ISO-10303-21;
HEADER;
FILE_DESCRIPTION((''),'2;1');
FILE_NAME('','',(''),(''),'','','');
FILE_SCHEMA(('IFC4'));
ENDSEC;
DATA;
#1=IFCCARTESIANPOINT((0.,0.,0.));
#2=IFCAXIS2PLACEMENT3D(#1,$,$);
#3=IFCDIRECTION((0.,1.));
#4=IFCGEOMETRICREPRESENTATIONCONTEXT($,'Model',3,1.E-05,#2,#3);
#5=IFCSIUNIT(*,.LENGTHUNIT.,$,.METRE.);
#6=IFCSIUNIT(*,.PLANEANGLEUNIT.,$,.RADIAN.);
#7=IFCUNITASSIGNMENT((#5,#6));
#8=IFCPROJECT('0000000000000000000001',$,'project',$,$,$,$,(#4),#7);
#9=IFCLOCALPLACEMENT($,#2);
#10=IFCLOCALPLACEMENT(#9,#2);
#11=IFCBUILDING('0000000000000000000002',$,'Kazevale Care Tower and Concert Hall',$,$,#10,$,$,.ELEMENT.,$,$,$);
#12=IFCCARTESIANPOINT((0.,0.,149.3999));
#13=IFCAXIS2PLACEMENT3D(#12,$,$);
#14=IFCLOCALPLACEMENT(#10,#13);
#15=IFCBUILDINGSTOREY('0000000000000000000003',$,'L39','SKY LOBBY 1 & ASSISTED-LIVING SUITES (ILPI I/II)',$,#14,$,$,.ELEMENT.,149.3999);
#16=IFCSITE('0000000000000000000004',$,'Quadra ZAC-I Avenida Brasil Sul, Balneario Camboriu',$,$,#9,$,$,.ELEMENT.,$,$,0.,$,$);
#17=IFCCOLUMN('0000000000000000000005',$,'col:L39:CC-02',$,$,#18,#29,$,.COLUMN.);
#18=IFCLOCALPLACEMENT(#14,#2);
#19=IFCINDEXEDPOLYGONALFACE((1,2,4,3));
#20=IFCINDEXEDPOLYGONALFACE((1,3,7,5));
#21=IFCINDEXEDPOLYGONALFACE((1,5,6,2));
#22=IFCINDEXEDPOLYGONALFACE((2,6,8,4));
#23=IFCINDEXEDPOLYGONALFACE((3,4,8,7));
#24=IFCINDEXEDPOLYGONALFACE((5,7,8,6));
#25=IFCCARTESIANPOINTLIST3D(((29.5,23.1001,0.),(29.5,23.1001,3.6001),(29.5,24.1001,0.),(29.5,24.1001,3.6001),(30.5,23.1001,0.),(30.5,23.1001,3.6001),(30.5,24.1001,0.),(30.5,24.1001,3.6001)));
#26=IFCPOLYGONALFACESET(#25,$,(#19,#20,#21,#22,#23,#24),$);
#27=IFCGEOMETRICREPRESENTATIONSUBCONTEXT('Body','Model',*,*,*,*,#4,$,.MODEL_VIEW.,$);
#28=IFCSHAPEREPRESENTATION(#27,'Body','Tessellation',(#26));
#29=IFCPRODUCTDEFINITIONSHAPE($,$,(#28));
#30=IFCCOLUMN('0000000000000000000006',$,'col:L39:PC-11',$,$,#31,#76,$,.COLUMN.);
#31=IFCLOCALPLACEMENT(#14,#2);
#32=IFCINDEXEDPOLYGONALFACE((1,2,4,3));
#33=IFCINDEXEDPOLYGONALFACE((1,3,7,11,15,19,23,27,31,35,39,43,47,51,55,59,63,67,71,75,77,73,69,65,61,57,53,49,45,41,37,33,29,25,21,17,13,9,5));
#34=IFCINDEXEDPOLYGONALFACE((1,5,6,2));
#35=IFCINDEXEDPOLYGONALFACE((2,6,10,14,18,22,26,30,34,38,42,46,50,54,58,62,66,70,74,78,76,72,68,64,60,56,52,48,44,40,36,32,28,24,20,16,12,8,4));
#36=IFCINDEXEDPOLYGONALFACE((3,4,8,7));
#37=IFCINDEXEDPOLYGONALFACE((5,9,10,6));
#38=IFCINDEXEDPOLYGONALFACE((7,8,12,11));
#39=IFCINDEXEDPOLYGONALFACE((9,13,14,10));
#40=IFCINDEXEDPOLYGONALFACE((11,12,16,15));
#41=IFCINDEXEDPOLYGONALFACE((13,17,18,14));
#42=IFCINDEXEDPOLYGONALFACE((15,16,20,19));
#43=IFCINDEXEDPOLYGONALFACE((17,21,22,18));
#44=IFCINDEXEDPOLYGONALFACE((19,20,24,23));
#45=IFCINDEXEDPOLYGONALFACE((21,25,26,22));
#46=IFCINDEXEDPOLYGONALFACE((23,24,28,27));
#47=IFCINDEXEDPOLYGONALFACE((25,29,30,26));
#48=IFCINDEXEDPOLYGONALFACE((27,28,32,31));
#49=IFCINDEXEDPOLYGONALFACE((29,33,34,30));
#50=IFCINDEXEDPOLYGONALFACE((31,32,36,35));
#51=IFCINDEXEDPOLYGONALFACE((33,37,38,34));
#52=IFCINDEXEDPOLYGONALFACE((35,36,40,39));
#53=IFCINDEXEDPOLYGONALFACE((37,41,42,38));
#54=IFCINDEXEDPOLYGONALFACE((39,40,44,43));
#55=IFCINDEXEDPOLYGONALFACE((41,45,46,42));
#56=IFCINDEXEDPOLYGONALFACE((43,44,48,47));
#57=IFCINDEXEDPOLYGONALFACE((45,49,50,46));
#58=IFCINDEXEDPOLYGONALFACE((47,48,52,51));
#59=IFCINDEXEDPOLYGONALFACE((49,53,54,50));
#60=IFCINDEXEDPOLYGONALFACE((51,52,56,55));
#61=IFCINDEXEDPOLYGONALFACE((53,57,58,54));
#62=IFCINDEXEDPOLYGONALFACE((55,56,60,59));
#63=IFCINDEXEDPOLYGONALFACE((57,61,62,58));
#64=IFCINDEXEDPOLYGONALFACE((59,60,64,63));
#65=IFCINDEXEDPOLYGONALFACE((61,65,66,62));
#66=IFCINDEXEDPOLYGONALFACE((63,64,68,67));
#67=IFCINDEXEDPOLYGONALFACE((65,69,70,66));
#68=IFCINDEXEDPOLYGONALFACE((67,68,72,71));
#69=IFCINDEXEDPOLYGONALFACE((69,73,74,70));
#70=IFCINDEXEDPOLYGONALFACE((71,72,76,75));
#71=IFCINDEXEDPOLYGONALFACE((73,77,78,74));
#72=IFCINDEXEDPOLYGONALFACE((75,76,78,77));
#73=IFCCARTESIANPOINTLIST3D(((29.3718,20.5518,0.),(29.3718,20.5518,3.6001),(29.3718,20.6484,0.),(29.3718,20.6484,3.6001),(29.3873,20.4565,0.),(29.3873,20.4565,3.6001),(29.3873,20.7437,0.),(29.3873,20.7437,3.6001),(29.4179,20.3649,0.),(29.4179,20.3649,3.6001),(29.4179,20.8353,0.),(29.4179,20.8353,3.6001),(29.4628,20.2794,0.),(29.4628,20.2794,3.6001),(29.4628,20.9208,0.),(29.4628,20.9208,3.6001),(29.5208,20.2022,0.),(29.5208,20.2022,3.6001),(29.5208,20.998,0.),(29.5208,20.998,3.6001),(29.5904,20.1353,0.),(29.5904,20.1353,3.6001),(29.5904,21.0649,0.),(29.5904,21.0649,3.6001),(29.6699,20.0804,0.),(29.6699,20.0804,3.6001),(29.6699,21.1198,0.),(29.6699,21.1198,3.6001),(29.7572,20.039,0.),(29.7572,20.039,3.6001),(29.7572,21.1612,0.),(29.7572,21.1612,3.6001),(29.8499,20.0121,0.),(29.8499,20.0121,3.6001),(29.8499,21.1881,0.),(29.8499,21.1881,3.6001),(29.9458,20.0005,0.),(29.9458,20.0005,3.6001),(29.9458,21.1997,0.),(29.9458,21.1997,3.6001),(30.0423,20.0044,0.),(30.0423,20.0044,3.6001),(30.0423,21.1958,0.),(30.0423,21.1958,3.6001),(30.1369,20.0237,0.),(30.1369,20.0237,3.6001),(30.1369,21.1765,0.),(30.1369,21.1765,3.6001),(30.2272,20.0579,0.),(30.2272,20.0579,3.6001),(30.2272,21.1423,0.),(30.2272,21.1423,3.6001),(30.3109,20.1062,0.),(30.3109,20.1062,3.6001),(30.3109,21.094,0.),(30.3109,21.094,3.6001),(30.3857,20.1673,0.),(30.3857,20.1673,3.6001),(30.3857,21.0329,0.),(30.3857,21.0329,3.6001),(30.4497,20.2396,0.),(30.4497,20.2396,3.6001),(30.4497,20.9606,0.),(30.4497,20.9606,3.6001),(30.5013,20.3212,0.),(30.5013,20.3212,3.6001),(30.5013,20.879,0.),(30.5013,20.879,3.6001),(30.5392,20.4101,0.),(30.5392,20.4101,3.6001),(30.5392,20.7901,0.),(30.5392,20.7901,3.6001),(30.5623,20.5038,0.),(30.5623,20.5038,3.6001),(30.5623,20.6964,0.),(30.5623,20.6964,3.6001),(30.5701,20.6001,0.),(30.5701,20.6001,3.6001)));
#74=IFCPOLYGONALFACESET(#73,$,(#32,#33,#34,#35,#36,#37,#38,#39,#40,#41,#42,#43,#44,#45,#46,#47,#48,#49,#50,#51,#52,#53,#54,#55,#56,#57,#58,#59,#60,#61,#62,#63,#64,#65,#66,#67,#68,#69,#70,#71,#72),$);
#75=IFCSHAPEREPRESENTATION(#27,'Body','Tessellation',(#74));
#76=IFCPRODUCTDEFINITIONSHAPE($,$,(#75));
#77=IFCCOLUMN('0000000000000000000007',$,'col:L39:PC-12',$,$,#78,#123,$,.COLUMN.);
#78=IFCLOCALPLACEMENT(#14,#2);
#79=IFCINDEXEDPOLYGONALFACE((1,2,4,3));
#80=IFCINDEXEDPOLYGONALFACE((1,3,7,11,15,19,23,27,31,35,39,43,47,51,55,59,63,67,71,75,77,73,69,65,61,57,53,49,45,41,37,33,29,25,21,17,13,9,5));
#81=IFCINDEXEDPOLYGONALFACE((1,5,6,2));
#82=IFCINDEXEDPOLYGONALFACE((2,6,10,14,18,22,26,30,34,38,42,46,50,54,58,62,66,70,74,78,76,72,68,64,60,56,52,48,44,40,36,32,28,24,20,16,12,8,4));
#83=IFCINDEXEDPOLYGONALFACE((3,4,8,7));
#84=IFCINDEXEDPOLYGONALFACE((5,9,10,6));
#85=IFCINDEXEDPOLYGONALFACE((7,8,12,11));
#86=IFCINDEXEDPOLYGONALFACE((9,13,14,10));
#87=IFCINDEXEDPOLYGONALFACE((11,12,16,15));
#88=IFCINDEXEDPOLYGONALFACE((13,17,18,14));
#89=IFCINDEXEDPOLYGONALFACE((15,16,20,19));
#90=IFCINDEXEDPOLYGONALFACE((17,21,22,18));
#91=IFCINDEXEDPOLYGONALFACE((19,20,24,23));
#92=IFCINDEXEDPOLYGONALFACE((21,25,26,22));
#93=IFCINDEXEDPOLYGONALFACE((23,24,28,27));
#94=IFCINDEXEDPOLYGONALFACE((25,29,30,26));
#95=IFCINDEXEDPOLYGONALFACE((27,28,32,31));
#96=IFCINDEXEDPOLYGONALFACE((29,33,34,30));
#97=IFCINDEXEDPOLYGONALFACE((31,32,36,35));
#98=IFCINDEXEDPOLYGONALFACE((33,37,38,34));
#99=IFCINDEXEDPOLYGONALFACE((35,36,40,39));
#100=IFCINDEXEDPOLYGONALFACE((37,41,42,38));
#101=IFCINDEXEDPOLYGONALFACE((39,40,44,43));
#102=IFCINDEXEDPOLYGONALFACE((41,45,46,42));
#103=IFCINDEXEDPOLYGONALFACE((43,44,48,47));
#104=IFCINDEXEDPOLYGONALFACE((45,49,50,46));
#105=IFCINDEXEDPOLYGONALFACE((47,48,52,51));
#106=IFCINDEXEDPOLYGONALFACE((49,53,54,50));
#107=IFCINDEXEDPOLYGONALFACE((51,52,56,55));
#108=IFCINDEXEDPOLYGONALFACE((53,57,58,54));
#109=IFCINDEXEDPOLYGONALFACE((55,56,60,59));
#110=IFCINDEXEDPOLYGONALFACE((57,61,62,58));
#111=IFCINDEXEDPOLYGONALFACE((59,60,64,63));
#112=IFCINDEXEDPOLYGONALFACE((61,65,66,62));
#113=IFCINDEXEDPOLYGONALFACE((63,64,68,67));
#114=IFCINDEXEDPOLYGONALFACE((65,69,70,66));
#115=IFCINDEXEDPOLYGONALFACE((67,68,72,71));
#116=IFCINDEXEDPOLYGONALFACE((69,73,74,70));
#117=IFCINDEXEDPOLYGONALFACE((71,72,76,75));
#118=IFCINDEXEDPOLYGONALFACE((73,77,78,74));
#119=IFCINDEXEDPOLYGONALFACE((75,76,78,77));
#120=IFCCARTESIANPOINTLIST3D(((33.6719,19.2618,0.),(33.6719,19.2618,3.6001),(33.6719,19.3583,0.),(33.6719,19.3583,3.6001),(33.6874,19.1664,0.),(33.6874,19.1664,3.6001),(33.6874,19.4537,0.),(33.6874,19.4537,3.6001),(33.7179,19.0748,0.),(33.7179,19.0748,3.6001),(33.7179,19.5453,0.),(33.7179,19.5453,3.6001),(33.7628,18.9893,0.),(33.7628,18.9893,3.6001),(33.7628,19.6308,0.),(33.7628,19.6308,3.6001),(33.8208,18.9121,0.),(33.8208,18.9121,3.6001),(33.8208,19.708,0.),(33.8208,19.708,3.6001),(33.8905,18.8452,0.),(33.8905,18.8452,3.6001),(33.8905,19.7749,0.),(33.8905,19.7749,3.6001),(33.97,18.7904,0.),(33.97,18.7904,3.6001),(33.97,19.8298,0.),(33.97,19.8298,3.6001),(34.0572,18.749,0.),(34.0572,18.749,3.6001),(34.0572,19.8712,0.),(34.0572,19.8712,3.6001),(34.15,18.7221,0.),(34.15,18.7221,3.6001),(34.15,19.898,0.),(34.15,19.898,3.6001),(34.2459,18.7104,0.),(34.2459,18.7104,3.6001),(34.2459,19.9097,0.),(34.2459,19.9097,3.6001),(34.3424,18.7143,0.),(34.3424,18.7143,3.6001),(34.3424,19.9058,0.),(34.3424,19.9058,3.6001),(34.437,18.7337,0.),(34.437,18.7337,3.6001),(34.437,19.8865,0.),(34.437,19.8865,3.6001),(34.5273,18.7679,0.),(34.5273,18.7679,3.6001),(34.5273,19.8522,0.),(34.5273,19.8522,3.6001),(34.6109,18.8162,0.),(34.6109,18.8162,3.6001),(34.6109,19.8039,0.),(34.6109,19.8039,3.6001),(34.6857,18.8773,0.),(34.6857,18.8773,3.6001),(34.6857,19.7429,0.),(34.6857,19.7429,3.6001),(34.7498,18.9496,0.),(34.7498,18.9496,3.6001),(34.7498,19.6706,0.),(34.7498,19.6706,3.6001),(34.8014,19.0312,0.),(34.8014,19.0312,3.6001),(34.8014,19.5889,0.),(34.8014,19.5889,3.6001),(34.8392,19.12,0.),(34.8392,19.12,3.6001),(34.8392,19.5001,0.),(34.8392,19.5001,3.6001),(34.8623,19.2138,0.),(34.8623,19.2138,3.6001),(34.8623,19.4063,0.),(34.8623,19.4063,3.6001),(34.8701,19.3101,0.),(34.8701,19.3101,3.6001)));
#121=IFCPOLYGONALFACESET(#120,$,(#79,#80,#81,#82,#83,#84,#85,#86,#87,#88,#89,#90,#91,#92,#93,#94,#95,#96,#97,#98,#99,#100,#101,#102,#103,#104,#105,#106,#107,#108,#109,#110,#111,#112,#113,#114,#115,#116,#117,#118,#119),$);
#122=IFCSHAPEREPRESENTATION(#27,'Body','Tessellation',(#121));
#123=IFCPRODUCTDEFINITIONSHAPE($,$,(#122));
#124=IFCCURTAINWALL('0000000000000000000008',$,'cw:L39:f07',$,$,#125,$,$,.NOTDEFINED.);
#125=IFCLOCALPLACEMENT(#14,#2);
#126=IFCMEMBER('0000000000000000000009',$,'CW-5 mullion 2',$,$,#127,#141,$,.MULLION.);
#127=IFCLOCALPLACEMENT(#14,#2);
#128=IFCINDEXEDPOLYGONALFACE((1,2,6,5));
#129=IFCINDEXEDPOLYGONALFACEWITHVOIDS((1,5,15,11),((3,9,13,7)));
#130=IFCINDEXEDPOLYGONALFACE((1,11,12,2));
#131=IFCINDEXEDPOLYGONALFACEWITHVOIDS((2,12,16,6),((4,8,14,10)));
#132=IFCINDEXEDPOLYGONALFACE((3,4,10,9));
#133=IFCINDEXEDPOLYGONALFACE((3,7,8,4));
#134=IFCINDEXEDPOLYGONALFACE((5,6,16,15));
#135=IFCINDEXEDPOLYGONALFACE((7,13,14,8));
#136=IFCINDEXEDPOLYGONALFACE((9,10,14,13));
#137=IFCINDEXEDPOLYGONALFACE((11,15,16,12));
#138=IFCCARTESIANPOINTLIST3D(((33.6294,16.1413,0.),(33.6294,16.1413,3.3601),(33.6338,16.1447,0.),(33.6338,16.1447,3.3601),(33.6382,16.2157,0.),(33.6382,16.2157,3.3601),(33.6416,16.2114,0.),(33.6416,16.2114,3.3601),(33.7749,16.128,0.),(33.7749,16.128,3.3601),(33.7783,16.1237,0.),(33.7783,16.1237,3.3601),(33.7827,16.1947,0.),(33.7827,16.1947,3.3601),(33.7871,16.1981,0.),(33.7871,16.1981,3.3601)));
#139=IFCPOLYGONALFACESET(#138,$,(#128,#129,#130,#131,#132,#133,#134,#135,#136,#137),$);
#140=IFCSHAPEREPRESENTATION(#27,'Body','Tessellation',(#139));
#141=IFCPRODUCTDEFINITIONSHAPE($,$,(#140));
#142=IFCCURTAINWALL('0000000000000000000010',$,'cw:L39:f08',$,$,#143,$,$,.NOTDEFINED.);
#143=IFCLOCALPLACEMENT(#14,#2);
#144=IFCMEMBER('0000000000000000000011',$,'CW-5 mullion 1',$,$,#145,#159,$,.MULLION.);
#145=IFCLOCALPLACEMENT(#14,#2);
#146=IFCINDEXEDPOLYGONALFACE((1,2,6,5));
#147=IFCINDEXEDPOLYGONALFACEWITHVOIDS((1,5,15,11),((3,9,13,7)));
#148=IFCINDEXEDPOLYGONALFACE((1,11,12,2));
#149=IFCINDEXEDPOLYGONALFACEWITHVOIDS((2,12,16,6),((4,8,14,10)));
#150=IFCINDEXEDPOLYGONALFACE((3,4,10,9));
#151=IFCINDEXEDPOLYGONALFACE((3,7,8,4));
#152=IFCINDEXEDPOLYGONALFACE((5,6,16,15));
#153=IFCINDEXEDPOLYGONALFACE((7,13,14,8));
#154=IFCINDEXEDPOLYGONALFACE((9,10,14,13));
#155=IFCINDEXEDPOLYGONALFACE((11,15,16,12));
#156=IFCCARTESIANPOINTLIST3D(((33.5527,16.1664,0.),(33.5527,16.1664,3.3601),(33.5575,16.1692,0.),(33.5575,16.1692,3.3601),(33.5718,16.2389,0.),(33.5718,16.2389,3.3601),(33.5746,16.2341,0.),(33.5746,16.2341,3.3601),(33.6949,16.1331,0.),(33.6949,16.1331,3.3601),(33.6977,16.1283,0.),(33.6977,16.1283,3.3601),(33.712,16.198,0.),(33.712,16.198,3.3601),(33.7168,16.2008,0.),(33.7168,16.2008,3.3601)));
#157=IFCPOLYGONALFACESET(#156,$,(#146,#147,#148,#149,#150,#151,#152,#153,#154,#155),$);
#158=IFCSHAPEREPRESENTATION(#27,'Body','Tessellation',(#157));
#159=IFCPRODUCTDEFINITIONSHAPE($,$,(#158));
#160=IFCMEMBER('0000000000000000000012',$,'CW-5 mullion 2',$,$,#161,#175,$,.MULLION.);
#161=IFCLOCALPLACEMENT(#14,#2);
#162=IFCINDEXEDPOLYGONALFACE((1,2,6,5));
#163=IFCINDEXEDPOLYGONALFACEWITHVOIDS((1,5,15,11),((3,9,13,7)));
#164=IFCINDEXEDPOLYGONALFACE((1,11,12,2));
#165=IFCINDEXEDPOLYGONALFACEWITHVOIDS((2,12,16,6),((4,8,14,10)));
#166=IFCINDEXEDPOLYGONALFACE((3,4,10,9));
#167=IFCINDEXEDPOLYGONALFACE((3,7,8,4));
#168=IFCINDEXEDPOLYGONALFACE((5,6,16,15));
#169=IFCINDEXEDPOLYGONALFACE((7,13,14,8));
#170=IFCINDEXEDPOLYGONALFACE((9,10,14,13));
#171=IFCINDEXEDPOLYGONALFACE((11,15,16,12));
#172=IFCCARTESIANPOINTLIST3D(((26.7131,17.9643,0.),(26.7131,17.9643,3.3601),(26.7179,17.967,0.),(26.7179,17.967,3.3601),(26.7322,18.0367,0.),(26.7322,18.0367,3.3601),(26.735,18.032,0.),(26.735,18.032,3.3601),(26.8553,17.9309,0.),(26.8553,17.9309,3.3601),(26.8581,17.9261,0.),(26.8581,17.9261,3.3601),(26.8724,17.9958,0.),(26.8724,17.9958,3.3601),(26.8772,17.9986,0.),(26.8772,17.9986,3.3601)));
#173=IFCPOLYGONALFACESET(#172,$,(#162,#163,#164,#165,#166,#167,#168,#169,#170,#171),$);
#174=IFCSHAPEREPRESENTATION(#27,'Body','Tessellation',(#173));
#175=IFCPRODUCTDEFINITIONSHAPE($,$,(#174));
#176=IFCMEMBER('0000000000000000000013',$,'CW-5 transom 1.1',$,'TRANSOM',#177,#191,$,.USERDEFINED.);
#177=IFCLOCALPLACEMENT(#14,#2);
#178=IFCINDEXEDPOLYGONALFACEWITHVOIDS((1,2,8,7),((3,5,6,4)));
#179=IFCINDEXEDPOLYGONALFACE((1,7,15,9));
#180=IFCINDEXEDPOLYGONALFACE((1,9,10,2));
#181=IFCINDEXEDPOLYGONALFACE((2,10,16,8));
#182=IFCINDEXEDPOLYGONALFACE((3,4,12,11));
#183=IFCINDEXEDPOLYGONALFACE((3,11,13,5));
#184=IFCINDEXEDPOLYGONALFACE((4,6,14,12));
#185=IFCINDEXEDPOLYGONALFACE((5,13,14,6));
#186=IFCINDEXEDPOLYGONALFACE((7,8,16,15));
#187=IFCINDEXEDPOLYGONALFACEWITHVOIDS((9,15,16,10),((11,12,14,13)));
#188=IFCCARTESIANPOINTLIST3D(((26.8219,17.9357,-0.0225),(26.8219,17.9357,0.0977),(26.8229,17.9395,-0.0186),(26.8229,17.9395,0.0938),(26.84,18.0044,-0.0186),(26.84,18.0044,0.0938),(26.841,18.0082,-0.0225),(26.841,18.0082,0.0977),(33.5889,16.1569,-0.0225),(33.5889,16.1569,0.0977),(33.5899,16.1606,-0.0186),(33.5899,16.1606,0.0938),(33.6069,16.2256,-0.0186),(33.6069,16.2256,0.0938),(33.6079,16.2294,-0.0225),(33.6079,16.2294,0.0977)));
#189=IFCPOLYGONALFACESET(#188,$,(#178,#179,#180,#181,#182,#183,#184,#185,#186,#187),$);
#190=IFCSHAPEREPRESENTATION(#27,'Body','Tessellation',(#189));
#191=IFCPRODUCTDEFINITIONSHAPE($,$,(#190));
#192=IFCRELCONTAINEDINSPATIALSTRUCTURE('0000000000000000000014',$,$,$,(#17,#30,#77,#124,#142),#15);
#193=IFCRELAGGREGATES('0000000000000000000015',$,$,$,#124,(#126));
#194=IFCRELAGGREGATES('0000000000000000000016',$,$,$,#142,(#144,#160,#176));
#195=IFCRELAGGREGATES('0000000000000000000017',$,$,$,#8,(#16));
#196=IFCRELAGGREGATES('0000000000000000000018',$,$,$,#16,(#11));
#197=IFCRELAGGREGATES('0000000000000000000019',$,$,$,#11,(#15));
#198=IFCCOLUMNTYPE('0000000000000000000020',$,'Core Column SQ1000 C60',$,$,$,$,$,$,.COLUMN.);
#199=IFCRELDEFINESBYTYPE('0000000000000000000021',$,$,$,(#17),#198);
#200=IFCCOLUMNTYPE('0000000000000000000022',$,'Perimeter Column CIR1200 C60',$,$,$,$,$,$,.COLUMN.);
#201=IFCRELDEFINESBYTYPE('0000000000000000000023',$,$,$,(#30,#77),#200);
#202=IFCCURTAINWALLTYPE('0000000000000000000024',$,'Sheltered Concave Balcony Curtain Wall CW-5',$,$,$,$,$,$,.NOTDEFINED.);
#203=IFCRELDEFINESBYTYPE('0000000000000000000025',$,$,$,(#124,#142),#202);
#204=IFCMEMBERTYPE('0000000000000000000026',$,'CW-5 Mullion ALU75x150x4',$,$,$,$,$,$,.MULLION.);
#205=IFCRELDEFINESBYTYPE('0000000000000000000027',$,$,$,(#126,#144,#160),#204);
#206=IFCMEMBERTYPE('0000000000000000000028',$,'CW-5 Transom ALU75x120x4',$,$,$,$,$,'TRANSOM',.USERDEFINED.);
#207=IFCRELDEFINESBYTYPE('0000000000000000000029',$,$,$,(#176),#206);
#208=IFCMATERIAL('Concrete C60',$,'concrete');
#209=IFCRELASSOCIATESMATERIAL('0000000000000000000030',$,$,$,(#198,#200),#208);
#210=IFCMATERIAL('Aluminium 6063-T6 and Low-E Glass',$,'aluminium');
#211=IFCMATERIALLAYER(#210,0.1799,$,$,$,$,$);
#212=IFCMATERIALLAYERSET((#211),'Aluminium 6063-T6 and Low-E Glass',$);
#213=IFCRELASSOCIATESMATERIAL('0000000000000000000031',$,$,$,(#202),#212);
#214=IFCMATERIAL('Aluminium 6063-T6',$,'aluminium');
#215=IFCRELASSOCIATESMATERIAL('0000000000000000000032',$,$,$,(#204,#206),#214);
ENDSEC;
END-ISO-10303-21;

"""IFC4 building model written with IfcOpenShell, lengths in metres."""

from ifc_helpers import new_model, si_unit, direction, frame, origin, origin_2d, place, context, subcontext, project, spatial, rectangle, hollow_rectangle, circle, extrude, material, layer, layer_set, material_profile, profile_set, type_object, element, aggregate, save


model = new_model("IFC4")

# Units and contexts
model_context = context("Model", 3, precision=1e-05, world=origin(), true_north=direction((0.0, 1.0)))
body_context = subcontext(model_context, "Body", "Model", "MODEL_VIEW")
ifc_project = project(units=[si_unit("LENGTHUNIT", "METRE"), si_unit("PLANEANGLEUNIT", "RADIAN")], contexts=[model_context])

# Site, building, storey
site_placement = place(None, origin())
site = spatial("IfcSite", under=ifc_project, at=site_placement, Name="Quadra ZAC-I Avenida Brasil Sul, Balneario Camboriu", CompositionType="ELEMENT", RefElevation=0.0)
building_placement = place(site_placement, origin())
building = spatial("IfcBuilding", under=site, at=building_placement, Name="Kazevale Care Tower and Concert Hall", CompositionType="ELEMENT")
storey_placement = place(building_placement, frame((0.0, 0.0, 149.3999)))
storey = spatial("IfcBuildingStorey", under=building, at=storey_placement, Name="L39", Description="SKY LOBBY 1 & ASSISTED-LIVING SUITES (ILPI I/II)", CompositionType="ELEMENT", Elevation=149.3999)

# Columns
ifc_material_1 = material(Name="Concrete C60", Category="concrete")
ifc_material_profile_1 = material_profile(ifc_material_1, rectangle(XDim=1.0, YDim=1.0, at=origin_2d()), Name="RC-SQ1000")
ifc_profile_set_1 = profile_set([ifc_material_profile_1], Name="Concrete C60")
column_type_1 = type_object("IfcColumnType", Name="Core Column SQ1000 C60", PredefinedType="COLUMN", material=ifc_profile_set_1)
column_placement = place(storey_placement, frame((30.0, 23.6001, 0.0), z_axis=(0.0, 0.0, 1.0), x_axis=(1.0, 0.0, 0.0)))
element("IfcColumn", 1, at=column_placement, inside=storey, type_object=column_type_1, Name="col:L39:CC-02", PredefinedType="COLUMN", context=body_context, shape_type="SweptSolid", body=[
    extrude(rectangle(XDim=1.0, YDim=1.0, at=origin_2d()), origin(), (0.0, 0.0, 1.0), 3.6001),
])
ifc_material_profile_2 = material_profile(ifc_material_1, circle(Radius=0.6001, at=origin_2d()), Name="RC-CIR1200")
ifc_profile_set_2 = profile_set([ifc_material_profile_2], Name="Concrete C60")
column_type_2 = type_object("IfcColumnType", Name="Perimeter Column CIR1200 C60", PredefinedType="COLUMN", material=ifc_profile_set_2)
for number, where, z_axis, x_axis, name in (
    (2, (29.97, 20.6001, 0.0), (0.0, 0.0, 1.0), (1.0, 0.0, 0.0), "col:L39:PC-11"),
    (3, (34.27, 19.3101, 0.0), (0.0, 0.0, 1.0), (1.0, 0.0, 0.0), "col:L39:PC-12"),
):
    element("IfcColumn", number, at=place(storey_placement, frame(where, z_axis=z_axis, x_axis=x_axis)), inside=storey, type_object=column_type_2, Name=name, PredefinedType="COLUMN", context=body_context, shape_type="SweptSolid", body=[
        extrude(circle(Radius=0.6001, at=origin_2d()), origin(), (0.0, 0.0, 1.0), 3.6001),
    ])

# Curtain wall, member
ifc_material_2 = material(Name="Aluminium 6063-T6 and Low-E Glass", Category="aluminium")
ifc_layer_1 = layer(ifc_material_2, 0.1799)
ifc_layer_set_1 = layer_set([ifc_layer_1], Name="Aluminium 6063-T6 and Low-E Glass")
curtain_wall_type = type_object("IfcCurtainWallType", Name="Sheltered Concave Balcony Curtain Wall CW-5", PredefinedType="NOTDEFINED", material=ifc_layer_set_1)
curtain_wall_1_placement = place(storey_placement, origin())
curtain_wall_1 = element("IfcCurtainWall", 4, at=curtain_wall_1_placement, inside=storey, type_object=curtain_wall_type, Name="cw:L39:f07", PredefinedType="NOTDEFINED")
ifc_material_3 = material(Name="Aluminium 6063-T6", Category="aluminium")
ifc_material_profile_3 = material_profile(ifc_material_3, hollow_rectangle(XDim=0.075, YDim=0.1499, WallThickness=0.0039, at=origin_2d()), Name="ALU75x150x4")
ifc_profile_set_3 = profile_set([ifc_material_profile_3], Name="Aluminium 6063-T6")
member_type_1 = type_object("IfcMemberType", Name="CW-5 Mullion ALU75x150x4", PredefinedType="MULLION", material=ifc_profile_set_3)
member_1_placement = place(storey_placement, frame((33.7083, 16.1697, 0.0), z_axis=(0.0, 0.0, 1.0), x_axis=(-0.117372, -0.993088, 0.0)))
member_1 = element("IfcMember", 5, at=member_1_placement, type_object=member_type_1, Name="CW-5 mullion 2", PredefinedType="MULLION", context=body_context, shape_type="SweptSolid", body=[
    extrude(hollow_rectangle(XDim=0.075, YDim=0.1499, WallThickness=0.0039, at=origin_2d()), origin(), (0.0, 0.0, 1.0), 3.3601),
])
aggregate(curtain_wall_1, [member_1])

# Curtain wall, members
curtain_wall_2_placement = place(storey_placement, origin())
curtain_wall_2 = element("IfcCurtainWall", 6, at=curtain_wall_2_placement, inside=storey, type_object=curtain_wall_type, Name="cw:L39:f08", PredefinedType="NOTDEFINED")
member_2_placement = place(storey_placement, frame((33.6348, 16.1836, 0.0), z_axis=(0.0, 0.0, 1.0), x_axis=(-0.254238, -0.967142, 0.0)))
member_2 = element("IfcMember", 7, at=member_2_placement, type_object=member_type_1, Name="CW-5 mullion 1", PredefinedType="MULLION", context=body_context, shape_type="SweptSolid", body=[
    extrude(hollow_rectangle(XDim=0.075, YDim=0.1499, WallThickness=0.0039, at=origin_2d()), origin(), (0.0, 0.0, 1.0), 3.3601),
])
member_3_placement = place(storey_placement, frame((26.7952, 17.9814, 0.0), z_axis=(0.0, 0.0, 1.0), x_axis=(-0.254238, -0.967142, 0.0)))
member_3 = element("IfcMember", 8, at=member_3_placement, type_object=member_type_1, Name="CW-5 mullion 2", PredefinedType="MULLION", context=body_context, shape_type="SweptSolid", body=[
    extrude(hollow_rectangle(XDim=0.075, YDim=0.1499, WallThickness=0.0039, at=origin_2d()), origin(), (0.0, 0.0, 1.0), 3.3601),
])
ifc_material_profile_4 = material_profile(ifc_material_3, hollow_rectangle(XDim=0.075, YDim=0.1201, WallThickness=0.0039, at=origin_2d()), Name="ALU75x120x4")
ifc_profile_set_4 = profile_set([ifc_material_profile_4], Name="Aluminium 6063-T6")
member_type_2 = type_object("IfcMemberType", Name="CW-5 Transom ALU75x120x4", ElementType="TRANSOM", PredefinedType="USERDEFINED", material=ifc_profile_set_4)
member_4_placement = place(storey_placement, frame((33.5984, 16.1931, 0.0376), z_axis=(-0.967143, 0.254234, 0.0), x_axis=(-0.254234, -0.967143, 0.0)))
member_4 = element("IfcMember", 9, at=member_4_placement, type_object=member_type_2, Name="CW-5 transom 1.1", ObjectType="TRANSOM", PredefinedType="USERDEFINED", context=body_context, shape_type="SweptSolid", body=[
    extrude(hollow_rectangle(XDim=0.075, YDim=0.1201, WallThickness=0.0039, at=origin_2d()), origin(), (0.0, 0.0, 1.0), 6.9968),
])

aggregate(curtain_wall_2, [member_2, member_3, member_4])

save(model, "model.ifc")
